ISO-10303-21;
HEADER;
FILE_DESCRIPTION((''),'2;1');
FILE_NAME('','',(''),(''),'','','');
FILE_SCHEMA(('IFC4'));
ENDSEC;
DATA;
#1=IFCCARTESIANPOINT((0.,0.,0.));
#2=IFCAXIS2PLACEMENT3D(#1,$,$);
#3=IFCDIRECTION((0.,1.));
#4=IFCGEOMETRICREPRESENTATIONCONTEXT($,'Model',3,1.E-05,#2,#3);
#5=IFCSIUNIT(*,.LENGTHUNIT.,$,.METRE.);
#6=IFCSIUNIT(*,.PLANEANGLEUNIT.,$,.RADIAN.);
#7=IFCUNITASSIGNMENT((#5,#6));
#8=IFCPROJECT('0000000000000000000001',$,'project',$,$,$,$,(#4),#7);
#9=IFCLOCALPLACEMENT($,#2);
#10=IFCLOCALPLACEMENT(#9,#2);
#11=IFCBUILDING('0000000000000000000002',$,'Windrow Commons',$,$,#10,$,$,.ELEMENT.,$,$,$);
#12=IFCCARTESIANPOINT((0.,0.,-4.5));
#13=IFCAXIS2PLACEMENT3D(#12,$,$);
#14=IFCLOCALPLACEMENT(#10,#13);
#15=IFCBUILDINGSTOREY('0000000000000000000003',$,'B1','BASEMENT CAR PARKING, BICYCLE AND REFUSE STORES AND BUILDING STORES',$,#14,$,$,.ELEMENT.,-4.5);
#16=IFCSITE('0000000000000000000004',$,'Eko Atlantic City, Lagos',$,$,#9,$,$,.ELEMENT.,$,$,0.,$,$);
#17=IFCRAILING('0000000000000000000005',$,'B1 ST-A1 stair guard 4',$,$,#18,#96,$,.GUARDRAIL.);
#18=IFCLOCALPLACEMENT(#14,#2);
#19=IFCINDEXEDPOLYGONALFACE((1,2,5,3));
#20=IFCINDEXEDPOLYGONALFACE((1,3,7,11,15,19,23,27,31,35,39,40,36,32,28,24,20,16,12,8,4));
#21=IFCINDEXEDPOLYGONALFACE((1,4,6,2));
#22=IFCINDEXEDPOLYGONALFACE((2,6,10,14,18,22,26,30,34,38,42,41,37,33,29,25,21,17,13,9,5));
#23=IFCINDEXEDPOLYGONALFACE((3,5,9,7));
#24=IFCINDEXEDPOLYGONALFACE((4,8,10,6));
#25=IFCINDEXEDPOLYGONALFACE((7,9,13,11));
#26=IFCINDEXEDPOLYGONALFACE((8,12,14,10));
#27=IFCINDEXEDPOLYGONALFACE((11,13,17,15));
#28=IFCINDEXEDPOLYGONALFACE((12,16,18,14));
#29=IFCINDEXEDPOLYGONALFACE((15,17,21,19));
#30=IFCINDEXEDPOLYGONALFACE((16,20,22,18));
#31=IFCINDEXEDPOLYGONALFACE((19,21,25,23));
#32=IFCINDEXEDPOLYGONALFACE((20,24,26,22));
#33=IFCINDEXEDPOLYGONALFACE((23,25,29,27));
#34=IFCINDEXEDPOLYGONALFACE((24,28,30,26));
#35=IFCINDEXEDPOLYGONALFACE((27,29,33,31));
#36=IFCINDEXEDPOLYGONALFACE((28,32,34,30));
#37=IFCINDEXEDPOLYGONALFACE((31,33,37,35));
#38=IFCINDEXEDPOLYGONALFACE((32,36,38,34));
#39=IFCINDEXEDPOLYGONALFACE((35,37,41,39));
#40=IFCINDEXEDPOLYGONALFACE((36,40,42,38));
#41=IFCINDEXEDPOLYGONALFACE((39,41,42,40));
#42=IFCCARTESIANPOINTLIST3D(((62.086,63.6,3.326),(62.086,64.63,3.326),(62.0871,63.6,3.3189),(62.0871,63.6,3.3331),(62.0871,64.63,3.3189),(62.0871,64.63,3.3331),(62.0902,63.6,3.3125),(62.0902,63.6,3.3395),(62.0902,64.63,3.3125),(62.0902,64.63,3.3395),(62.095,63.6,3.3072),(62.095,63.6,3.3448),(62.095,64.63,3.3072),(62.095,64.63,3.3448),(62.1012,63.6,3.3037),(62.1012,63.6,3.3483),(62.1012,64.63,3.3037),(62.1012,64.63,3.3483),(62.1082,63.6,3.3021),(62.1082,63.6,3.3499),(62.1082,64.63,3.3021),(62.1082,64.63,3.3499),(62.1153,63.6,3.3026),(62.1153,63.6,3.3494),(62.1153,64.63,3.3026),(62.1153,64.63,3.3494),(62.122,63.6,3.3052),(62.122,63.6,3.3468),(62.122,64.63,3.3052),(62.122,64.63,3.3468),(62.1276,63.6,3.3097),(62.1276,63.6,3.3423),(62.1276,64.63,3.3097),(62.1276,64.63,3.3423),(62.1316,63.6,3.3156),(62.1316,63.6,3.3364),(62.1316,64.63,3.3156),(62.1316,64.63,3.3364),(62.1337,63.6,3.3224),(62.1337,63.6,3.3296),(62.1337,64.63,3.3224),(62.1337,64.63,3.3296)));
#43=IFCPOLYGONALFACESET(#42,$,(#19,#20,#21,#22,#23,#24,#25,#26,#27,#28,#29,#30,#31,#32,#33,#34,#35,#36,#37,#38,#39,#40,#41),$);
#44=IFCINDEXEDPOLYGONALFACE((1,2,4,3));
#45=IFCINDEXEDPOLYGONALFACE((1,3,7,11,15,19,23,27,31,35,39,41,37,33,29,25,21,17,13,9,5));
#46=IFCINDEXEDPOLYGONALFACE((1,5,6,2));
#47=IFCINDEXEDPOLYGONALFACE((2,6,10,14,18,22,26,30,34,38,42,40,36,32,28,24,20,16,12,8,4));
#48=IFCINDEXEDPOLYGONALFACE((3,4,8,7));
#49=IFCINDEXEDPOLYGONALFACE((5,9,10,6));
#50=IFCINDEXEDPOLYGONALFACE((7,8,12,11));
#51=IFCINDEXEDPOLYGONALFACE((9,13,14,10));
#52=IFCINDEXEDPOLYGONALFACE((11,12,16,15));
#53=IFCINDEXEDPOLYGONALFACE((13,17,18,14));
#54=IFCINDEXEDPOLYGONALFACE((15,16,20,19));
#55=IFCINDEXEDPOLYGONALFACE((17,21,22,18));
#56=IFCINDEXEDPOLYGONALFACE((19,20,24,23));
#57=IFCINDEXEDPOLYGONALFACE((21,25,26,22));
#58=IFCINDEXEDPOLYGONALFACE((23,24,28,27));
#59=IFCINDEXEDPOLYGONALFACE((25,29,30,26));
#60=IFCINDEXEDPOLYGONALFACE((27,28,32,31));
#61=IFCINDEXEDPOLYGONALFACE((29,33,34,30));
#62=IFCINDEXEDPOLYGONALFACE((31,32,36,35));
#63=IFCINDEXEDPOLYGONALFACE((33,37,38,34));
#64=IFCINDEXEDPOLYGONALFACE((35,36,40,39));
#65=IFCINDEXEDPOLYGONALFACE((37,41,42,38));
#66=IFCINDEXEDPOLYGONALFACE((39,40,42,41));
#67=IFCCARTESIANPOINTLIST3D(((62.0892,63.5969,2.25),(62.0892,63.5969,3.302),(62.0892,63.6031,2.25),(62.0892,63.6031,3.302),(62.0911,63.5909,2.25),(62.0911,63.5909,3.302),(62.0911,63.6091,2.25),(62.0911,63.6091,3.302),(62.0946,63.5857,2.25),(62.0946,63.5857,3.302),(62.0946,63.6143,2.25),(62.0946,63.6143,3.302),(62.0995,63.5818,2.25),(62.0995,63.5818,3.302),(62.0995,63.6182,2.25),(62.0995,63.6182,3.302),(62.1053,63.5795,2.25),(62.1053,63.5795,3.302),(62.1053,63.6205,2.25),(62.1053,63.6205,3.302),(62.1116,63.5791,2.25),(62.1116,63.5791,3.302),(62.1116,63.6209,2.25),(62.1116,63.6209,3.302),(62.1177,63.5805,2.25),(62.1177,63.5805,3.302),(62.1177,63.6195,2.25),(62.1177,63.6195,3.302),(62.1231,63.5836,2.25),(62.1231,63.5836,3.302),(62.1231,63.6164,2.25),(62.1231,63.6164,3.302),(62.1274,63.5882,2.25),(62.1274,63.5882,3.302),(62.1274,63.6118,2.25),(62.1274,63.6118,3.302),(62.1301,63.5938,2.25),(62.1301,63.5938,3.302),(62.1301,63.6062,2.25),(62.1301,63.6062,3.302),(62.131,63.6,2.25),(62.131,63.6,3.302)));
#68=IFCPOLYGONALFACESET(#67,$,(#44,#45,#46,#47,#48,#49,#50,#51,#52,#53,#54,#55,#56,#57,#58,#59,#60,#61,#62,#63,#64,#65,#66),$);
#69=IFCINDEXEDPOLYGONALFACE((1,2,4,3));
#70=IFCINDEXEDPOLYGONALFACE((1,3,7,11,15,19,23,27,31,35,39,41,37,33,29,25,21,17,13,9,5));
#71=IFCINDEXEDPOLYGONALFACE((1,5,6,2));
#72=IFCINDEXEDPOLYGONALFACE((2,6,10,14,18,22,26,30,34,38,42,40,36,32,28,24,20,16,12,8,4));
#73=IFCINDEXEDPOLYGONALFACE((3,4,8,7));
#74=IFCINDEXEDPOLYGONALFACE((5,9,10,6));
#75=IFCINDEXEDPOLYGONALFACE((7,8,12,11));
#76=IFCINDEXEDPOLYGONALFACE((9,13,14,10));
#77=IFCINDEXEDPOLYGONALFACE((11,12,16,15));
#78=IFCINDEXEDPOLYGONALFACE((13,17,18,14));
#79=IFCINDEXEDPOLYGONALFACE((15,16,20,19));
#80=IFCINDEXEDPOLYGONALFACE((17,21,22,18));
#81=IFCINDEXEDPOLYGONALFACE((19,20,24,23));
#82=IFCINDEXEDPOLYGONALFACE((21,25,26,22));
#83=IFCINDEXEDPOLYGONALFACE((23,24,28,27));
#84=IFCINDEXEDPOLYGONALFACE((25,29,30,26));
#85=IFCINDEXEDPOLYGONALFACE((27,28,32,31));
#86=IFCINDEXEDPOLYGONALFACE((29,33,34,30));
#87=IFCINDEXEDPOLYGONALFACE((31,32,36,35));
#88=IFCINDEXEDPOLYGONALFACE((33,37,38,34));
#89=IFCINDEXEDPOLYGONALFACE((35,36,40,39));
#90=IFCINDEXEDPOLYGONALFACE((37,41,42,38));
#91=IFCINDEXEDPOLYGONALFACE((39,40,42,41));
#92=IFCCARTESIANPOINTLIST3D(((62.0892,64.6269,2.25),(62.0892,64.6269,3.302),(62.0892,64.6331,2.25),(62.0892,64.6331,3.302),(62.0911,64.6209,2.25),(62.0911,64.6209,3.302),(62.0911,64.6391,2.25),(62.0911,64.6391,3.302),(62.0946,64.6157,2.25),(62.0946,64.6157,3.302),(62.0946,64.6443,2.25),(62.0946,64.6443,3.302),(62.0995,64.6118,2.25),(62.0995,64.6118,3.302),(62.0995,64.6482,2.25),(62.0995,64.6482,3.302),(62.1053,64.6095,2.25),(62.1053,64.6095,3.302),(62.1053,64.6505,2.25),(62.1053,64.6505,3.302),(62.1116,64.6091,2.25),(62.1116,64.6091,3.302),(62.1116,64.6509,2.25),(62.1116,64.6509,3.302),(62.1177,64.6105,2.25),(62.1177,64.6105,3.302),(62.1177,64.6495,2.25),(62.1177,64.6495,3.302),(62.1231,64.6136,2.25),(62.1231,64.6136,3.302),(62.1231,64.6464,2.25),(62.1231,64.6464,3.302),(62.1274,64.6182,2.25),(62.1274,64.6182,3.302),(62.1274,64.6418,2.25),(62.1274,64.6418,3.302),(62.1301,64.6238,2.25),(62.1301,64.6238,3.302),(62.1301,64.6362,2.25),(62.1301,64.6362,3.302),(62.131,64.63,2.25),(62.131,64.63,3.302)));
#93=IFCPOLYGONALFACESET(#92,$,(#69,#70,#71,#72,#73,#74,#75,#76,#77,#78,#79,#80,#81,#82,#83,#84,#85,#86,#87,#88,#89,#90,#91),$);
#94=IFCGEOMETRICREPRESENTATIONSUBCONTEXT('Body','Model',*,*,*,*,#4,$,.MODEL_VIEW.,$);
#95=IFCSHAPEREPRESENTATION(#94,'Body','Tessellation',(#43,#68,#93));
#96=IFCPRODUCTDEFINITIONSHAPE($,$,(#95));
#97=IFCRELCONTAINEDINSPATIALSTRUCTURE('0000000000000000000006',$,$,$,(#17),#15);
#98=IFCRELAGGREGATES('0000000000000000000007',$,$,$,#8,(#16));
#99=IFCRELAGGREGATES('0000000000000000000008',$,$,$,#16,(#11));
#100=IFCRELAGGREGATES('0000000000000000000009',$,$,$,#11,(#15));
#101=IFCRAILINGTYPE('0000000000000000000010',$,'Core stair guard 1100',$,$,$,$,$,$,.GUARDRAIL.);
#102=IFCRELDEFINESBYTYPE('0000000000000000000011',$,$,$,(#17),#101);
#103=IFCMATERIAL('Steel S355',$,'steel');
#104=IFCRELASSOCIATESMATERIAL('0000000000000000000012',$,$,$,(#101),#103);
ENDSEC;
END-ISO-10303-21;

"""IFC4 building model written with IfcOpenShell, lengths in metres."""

from ifc_helpers import new_model, si_unit, direction, frame, origin, origin_2d, place, context, subcontext, project, spatial, circle, extrude, material, type_object, element, save


model = new_model("IFC4")

# Units and contexts
model_context = context("Model", 3, precision=1e-05, world=origin(), true_north=direction((0.0, 1.0)))
body_context = subcontext(model_context, "Body", "Model", "MODEL_VIEW")
ifc_project = project(units=[si_unit("LENGTHUNIT", "METRE"), si_unit("PLANEANGLEUNIT", "RADIAN")], contexts=[model_context])

# Site, building, storey
site_placement = place(None, origin())
site = spatial("IfcSite", under=ifc_project, at=site_placement, Name="Eko Atlantic City, Lagos", CompositionType="ELEMENT", RefElevation=0.0)
building_placement = place(site_placement, origin())
building = spatial("IfcBuilding", under=site, at=building_placement, Name="Windrow Commons", CompositionType="ELEMENT")
storey_placement = place(building_placement, frame((0.0, 0.0, -4.5)))
storey = spatial("IfcBuildingStorey", under=building, at=storey_placement, Name="B1", Description="BASEMENT CAR PARKING, BICYCLE AND REFUSE STORES AND BUILDING STORES", CompositionType="ELEMENT", Elevation=-4.5)

# Railing
ifc_material_1 = material(Name="Steel S355", Category="steel")
railing_type_1 = type_object("IfcRailingType", Name="Core stair guard 1100", PredefinedType="GUARDRAIL", material=ifc_material_1)
railing_1_placement = place(storey_placement, frame((62.11, 63.6, 2.25)))
element("IfcRailing", 1, at=railing_1_placement, inside=storey, type_object=railing_type_1, Name="B1 ST-A1 stair guard 4", PredefinedType="GUARDRAIL", context=body_context, shape_type="SweptSolid", body=[
    extrude(circle(Radius=0.024, at=origin_2d()), frame((0.0, 0.0, 1.076), z_axis=(0.0, 1.0, 0.0), x_axis=(-1.0, 0.0, 0.0)), (0.0, 0.0, 1.0), 1.03),
    extrude(circle(Radius=0.021, at=origin_2d()), origin(), (0.0, 0.0, 1.0), 1.052),
    extrude(circle(Radius=0.021, at=origin_2d()), frame((0.0, 1.03, 0.0)), (0.0, 0.0, 1.0), 1.052),
])

save(model, "model.ifc")
